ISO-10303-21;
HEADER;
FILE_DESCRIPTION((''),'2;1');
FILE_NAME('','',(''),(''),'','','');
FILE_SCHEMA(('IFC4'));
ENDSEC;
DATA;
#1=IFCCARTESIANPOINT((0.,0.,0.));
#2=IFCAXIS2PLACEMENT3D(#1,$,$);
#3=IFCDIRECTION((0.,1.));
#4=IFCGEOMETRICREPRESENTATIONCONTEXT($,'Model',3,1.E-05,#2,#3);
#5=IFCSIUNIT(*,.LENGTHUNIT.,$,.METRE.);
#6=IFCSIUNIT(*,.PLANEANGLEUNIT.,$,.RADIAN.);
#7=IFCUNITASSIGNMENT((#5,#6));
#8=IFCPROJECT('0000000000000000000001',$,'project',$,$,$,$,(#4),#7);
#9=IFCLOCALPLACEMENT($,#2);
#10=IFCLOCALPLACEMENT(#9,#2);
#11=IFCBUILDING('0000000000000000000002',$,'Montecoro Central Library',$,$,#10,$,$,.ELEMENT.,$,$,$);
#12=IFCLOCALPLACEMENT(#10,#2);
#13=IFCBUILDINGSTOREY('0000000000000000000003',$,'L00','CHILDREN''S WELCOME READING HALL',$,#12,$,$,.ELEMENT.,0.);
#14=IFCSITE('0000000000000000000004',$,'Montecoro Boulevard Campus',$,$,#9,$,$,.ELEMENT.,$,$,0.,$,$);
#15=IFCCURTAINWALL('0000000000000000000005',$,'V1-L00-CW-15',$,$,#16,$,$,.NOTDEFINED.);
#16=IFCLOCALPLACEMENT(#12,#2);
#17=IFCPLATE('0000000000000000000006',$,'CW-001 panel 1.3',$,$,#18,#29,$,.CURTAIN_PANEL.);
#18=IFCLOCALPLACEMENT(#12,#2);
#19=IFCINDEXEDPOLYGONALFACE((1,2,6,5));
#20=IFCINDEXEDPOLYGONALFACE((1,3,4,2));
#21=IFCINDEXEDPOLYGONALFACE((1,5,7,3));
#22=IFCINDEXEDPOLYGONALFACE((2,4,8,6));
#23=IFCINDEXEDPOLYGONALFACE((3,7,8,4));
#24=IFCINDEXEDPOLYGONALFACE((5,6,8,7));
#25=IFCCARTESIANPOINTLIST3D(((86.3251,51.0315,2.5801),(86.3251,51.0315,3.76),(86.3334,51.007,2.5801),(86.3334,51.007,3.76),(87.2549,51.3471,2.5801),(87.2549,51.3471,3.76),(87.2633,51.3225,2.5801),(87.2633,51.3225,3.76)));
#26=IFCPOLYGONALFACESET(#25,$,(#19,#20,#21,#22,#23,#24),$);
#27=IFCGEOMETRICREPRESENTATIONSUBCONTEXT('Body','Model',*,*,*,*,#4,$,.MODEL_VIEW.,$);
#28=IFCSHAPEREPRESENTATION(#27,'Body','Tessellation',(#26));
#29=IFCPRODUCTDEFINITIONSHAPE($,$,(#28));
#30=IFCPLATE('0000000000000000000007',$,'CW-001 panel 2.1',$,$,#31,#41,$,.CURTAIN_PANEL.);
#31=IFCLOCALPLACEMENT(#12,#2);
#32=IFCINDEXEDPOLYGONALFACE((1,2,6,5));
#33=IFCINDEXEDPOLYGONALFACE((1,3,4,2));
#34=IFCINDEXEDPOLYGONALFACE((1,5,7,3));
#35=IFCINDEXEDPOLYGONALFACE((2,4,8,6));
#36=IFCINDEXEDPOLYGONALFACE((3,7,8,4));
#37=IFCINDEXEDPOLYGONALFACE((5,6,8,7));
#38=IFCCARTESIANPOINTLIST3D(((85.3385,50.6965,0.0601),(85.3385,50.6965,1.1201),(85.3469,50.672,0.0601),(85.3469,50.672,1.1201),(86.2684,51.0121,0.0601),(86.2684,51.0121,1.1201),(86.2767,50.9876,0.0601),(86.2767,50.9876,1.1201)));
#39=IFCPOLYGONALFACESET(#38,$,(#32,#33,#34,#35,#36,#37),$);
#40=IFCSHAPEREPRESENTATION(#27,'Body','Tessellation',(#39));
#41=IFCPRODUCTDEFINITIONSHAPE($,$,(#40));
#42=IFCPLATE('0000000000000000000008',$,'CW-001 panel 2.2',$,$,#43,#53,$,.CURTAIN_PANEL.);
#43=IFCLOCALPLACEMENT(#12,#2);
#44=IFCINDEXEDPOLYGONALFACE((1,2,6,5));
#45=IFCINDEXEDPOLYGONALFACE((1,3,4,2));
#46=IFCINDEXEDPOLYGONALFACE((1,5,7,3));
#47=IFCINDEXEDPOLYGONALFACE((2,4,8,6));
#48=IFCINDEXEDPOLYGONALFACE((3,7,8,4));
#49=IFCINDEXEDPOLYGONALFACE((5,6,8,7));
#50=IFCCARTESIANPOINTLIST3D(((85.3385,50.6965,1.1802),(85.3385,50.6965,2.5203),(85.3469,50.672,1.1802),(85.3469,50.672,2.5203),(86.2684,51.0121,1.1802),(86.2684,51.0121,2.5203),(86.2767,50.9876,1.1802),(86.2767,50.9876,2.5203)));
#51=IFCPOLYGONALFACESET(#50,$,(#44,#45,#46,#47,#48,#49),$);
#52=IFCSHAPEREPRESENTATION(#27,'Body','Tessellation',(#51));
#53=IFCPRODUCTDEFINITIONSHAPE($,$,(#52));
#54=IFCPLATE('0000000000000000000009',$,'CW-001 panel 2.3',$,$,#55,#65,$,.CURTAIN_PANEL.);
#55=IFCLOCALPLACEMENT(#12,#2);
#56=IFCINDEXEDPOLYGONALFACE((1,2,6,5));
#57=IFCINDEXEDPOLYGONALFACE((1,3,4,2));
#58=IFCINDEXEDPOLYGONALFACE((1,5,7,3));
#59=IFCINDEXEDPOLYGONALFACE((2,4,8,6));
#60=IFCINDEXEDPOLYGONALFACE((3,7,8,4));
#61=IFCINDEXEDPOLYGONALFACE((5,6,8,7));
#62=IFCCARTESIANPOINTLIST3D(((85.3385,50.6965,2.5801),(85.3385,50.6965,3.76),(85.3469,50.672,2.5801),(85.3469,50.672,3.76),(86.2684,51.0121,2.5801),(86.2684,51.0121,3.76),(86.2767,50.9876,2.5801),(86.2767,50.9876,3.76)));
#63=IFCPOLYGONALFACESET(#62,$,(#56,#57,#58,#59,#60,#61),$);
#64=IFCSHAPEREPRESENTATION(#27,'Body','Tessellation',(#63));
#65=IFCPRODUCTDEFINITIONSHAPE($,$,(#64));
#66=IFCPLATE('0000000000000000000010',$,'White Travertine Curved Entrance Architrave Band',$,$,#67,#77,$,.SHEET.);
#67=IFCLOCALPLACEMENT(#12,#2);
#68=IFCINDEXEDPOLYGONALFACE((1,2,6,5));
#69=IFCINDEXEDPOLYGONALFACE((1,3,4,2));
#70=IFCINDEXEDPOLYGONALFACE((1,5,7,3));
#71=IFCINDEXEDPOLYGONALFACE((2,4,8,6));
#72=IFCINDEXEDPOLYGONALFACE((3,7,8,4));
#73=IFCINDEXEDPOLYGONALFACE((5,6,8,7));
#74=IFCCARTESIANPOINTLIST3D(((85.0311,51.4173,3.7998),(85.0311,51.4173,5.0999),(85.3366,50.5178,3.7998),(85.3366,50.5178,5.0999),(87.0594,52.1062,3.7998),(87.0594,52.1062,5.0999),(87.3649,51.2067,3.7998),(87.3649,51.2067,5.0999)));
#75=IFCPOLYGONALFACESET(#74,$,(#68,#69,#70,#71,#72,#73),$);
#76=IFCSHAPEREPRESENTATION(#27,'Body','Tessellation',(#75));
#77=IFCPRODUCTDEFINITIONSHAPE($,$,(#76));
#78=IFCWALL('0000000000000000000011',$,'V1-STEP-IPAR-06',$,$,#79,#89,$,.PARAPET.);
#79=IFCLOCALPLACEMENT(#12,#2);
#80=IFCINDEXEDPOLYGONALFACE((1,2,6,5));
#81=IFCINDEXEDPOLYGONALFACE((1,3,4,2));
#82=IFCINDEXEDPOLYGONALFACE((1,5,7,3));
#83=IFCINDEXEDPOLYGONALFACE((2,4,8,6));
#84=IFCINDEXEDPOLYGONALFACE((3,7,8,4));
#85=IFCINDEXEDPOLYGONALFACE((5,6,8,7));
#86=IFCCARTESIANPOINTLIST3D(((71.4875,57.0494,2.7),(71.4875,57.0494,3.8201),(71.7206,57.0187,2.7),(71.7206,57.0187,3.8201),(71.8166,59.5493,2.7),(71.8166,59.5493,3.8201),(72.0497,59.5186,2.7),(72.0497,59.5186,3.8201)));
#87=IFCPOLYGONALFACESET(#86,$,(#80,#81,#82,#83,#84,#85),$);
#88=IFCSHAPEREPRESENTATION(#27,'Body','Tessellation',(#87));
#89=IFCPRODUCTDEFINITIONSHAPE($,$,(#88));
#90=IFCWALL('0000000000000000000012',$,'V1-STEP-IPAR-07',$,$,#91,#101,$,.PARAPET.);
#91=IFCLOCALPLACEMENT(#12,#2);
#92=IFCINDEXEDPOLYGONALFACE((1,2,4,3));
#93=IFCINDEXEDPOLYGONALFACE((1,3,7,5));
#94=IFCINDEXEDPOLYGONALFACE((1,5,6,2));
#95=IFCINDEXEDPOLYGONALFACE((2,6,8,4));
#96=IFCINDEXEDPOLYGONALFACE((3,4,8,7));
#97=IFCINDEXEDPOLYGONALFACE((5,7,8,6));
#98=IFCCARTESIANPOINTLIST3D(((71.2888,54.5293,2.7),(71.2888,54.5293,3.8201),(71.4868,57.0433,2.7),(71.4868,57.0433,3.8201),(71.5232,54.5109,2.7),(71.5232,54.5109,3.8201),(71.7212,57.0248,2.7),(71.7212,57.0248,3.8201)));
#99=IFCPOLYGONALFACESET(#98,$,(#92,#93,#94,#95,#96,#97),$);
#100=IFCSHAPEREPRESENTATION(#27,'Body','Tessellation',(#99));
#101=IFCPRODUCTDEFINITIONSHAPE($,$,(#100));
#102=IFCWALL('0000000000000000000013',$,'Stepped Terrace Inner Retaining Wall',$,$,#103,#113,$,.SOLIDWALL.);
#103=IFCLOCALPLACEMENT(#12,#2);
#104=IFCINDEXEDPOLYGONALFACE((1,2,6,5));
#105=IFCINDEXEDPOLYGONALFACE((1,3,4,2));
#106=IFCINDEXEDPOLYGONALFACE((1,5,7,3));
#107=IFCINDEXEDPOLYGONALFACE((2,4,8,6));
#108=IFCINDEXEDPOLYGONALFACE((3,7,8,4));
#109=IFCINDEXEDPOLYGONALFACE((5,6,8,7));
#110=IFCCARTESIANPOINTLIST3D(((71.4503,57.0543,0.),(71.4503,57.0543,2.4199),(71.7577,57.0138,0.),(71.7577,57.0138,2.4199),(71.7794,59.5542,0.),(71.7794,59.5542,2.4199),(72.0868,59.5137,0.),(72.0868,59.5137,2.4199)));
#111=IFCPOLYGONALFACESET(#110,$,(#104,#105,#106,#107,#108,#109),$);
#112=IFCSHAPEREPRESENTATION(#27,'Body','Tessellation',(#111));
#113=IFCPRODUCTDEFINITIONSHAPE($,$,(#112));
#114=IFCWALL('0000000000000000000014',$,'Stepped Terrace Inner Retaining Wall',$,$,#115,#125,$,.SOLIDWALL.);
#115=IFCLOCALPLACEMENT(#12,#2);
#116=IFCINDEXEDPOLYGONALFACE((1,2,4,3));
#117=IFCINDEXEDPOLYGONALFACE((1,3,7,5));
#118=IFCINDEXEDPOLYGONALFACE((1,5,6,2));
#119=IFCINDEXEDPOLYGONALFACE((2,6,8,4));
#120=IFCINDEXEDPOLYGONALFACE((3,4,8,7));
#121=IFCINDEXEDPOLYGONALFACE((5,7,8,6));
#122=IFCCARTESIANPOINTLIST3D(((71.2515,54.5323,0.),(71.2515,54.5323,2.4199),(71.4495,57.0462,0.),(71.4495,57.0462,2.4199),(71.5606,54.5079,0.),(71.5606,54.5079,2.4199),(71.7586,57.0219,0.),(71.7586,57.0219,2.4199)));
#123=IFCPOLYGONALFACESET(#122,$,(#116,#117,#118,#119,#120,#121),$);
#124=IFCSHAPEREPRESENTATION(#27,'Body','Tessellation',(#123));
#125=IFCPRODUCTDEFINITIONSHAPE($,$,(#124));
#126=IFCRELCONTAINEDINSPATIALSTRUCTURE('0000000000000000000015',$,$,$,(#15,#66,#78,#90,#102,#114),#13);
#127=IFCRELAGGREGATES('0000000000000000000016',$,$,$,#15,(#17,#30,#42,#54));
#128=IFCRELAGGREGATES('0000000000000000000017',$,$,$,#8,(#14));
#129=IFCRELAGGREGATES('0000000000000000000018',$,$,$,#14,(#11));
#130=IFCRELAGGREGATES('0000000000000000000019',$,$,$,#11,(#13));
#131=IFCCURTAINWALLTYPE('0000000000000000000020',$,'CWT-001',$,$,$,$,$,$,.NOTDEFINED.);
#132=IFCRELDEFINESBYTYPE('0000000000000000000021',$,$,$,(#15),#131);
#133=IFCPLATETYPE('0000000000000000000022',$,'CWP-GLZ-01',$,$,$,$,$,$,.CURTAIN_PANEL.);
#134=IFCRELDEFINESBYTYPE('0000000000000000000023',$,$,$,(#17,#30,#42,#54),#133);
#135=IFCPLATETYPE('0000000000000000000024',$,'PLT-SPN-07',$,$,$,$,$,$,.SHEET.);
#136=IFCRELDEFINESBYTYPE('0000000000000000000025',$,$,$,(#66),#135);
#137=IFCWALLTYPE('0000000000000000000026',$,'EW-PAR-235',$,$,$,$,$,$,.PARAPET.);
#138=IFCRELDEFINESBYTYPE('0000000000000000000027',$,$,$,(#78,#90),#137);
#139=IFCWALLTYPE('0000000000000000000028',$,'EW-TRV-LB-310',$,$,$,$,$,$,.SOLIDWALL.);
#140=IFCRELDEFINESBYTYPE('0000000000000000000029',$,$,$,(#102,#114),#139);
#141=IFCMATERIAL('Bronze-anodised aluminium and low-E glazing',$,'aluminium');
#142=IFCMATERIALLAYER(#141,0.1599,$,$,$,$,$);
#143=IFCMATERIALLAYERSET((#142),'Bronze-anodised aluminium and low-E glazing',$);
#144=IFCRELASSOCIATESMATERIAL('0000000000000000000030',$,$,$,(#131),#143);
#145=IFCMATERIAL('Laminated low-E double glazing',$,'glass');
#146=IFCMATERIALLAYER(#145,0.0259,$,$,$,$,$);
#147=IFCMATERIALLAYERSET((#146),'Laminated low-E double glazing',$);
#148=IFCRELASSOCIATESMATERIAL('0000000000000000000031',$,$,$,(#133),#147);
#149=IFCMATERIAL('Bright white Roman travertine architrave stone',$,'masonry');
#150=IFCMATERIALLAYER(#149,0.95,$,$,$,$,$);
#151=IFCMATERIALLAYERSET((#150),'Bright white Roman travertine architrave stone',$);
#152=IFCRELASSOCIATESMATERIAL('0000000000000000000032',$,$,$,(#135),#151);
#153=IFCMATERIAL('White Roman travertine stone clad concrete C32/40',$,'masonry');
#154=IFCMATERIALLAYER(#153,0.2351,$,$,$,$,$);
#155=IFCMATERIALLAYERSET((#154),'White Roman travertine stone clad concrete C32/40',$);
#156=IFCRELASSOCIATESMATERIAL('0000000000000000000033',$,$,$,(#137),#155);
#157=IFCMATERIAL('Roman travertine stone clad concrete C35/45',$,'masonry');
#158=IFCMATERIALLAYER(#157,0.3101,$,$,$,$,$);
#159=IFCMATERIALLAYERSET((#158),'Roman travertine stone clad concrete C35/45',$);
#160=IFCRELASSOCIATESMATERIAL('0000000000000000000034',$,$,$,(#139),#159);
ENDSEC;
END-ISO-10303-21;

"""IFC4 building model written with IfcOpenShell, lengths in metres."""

from ifc_helpers import new_model, si_unit, direction, frame, frame_2d, origin, origin_2d, place, context, subcontext, project, spatial, rectangle, extrude, material, layer, layer_set, type_object, element, aggregate, save


model = new_model("IFC4")

# Units and contexts
model_context = context("Model", 3, precision=1e-05, world=origin(), true_north=direction((0.0, 1.0)))
body_context = subcontext(model_context, "Body", "Model", "MODEL_VIEW")
ifc_project = project(units=[si_unit("LENGTHUNIT", "METRE"), si_unit("PLANEANGLEUNIT", "RADIAN")], contexts=[model_context])

# Site, building, storey
site_placement = place(None, origin())
site = spatial("IfcSite", under=ifc_project, at=site_placement, Name="Montecoro Boulevard Campus", CompositionType="ELEMENT", RefElevation=0.0)
building_placement = place(site_placement, origin())
building = spatial("IfcBuilding", under=site, at=building_placement, Name="Montecoro Central Library", CompositionType="ELEMENT")
storey_placement = place(building_placement, origin())
storey = spatial("IfcBuildingStorey", under=building, at=storey_placement, Name="L00", Description="CHILDREN'S WELCOME READING HALL", CompositionType="ELEMENT", Elevation=0.0)

# Curtain wall, plates
ifc_material_1 = material(Name="Bronze-anodised aluminium and low-E glazing", Category="aluminium")
ifc_layer_1 = layer(ifc_material_1, 0.1599)
ifc_layer_set_1 = layer_set([ifc_layer_1], Name="Bronze-anodised aluminium and low-E glazing")
curtain_wall_type = type_object("IfcCurtainWallType", Name="CWT-001", PredefinedType="NOTDEFINED", material=ifc_layer_set_1)
curtain_wall_placement = place(storey_placement, origin())
curtain_wall = element("IfcCurtainWall", 1, at=curtain_wall_placement, inside=storey, type_object=curtain_wall_type, Name="V1-L00-CW-15", PredefinedType="NOTDEFINED")
ifc_material_2 = material(Name="Laminated low-E double glazing", Category="glass")
ifc_layer_2 = layer(ifc_material_2, 0.0259)
ifc_layer_set_2 = layer_set([ifc_layer_2], Name="Laminated low-E double glazing")
plate_type_1 = type_object("IfcPlateType", Name="CWP-GLZ-01", PredefinedType="CURTAIN_PANEL", material=ifc_layer_set_2)
plate_1_placement = place(storey_placement, frame((86.7942, 51.177, 2.5801), z_axis=(0.0, 0.0, 1.0), x_axis=(-0.946943, -0.321401, 0.0)))
plate_1 = element("IfcPlate", 2, at=plate_1_placement, type_object=plate_type_1, Name="CW-001 panel 1.3", PredefinedType="CURTAIN_PANEL", context=body_context, shape_type="SweptSolid", body=[
    extrude(rectangle(XDim=0.9819, YDim=0.0259, at=origin_2d()), origin(), (0.0, 0.0, 1.0), 1.1799),
])
plate_2_placement = place(storey_placement, frame((85.8076, 50.842, 0.0601), z_axis=(0.0, 0.0, 1.0), x_axis=(-0.946943, -0.321401, 0.0)))
plate_2 = element("IfcPlate", 3, at=plate_2_placement, type_object=plate_type_1, Name="CW-001 panel 2.1", PredefinedType="CURTAIN_PANEL", context=body_context, shape_type="SweptSolid", body=[
    extrude(rectangle(XDim=0.9819, YDim=0.0259, at=origin_2d()), origin(), (0.0, 0.0, 1.0), 1.0601),
])
plate_3_placement = place(storey_placement, frame((85.8076, 50.842, 1.1802), z_axis=(0.0, 0.0, 1.0), x_axis=(-0.946943, -0.321401, 0.0)))
plate_3 = element("IfcPlate", 4, at=plate_3_placement, type_object=plate_type_1, Name="CW-001 panel 2.2", PredefinedType="CURTAIN_PANEL", context=body_context, shape_type="SweptSolid", body=[
    extrude(rectangle(XDim=0.9819, YDim=0.0259, at=origin_2d()), origin(), (0.0, 0.0, 1.0), 1.3401),
])
plate_4_placement = place(storey_placement, frame((85.8076, 50.842, 2.5801), z_axis=(0.0, 0.0, 1.0), x_axis=(-0.946943, -0.321401, 0.0)))
plate_4 = element("IfcPlate", 5, at=plate_4_placement, type_object=plate_type_1, Name="CW-001 panel 2.3", PredefinedType="CURTAIN_PANEL", context=body_context, shape_type="SweptSolid", body=[
    extrude(rectangle(XDim=0.9819, YDim=0.0259, at=origin_2d()), origin(), (0.0, 0.0, 1.0), 1.1799),
])
aggregate(curtain_wall, [plate_1, plate_2, plate_3, plate_4])

# Plate
ifc_material_3 = material(Name="Bright white Roman travertine architrave stone", Category="masonry")
ifc_layer_3 = layer(ifc_material_3, 0.95)
ifc_layer_set_3 = layer_set([ifc_layer_3], Name="Bright white Roman travertine architrave stone")
plate_type_2 = type_object("IfcPlateType", Name="PLT-SPN-07", PredefinedType="SHEET", material=ifc_layer_set_3)
plate_5_placement = place(storey_placement, frame((86.198, 51.312, 3.7998), z_axis=(0.0, 0.0, 1.0), x_axis=(-0.946874, -0.321605, 0.0)))
element("IfcPlate", 6, at=plate_5_placement, inside=storey, type_object=plate_type_2, Name="White Travertine Curved Entrance Architrave Band", PredefinedType="SHEET", context=body_context, shape_type="SweptSolid", body=[
    extrude(rectangle(XDim=2.1421, YDim=0.95, at=origin_2d()), origin(), (0.0, 0.0, 1.0), 1.3),
])

# Walls
ifc_material_4 = material(Name="White Roman travertine stone clad concrete C32/40", Category="masonry")
ifc_layer_4 = layer(ifc_material_4, 0.2351)
ifc_layer_set_4 = layer_set([ifc_layer_4], Name="White Roman travertine stone clad concrete C32/40")
wall_type_1 = type_object("IfcWallType", Name="EW-PAR-235", PredefinedType="PARAPET", material=ifc_layer_set_4)
wall_1_placement = place(storey_placement, frame((71.9331, 59.5339, 2.7), z_axis=(0.0, 0.0, 1.0), x_axis=(-0.130515, -0.991446, 0.0)))
element("IfcWall", 7, at=wall_1_placement, inside=storey, type_object=wall_type_1, Name="V1-STEP-IPAR-06", PredefinedType="PARAPET", context=body_context, shape_type="SweptSolid", body=[
    extrude(rectangle(XDim=2.5215, YDim=0.2351, at=frame_2d((1.2607, 0.0))), origin(), (0.0, 0.0, 1.0), 1.1201),
])
wall_2_placement = place(storey_placement, frame((71.604, 57.0339, 2.7), z_axis=(0.0, 0.0, 1.0), x_axis=(-0.078518, -0.996913, 0.0)))
element("IfcWall", 8, at=wall_2_placement, inside=storey, type_object=wall_type_1, Name="V1-STEP-IPAR-07", PredefinedType="PARAPET", context=body_context, shape_type="SweptSolid", body=[
    extrude(rectangle(XDim=2.5217, YDim=0.2351, at=frame_2d((1.2607, 0.0))), origin(), (0.0, 0.0, 1.0), 1.1201),
])
ifc_material_5 = material(Name="Roman travertine stone clad concrete C35/45", Category="masonry")
ifc_layer_5 = layer(ifc_material_5, 0.3101)
ifc_layer_set_5 = layer_set([ifc_layer_5], Name="Roman travertine stone clad concrete C35/45")
wall_type_2 = type_object("IfcWallType", Name="EW-TRV-LB-310", PredefinedType="SOLIDWALL", material=ifc_layer_set_5)
wall_3_placement = place(storey_placement, frame((71.9331, 59.5339, 0.0), z_axis=(0.0, 0.0, 1.0), x_axis=(-0.130515, -0.991446, 0.0)))
element("IfcWall", 9, at=wall_3_placement, inside=storey, type_object=wall_type_2, Name="Stepped Terrace Inner Retaining Wall", PredefinedType="SOLIDWALL", context=body_context, shape_type="SweptSolid", body=[
    extrude(rectangle(XDim=2.5215, YDim=0.3101, at=frame_2d((1.2607, 0.0))), origin(), (0.0, 0.0, 1.0), 2.4199),
])
wall_4_placement = place(storey_placement, frame((71.604, 57.0339, 0.0), z_axis=(0.0, 0.0, 1.0), x_axis=(-0.078518, -0.996913, 0.0)))
element("IfcWall", 10, at=wall_4_placement, inside=storey, type_object=wall_type_2, Name="Stepped Terrace Inner Retaining Wall", PredefinedType="SOLIDWALL", context=body_context, shape_type="SweptSolid", body=[
    extrude(rectangle(XDim=2.5217, YDim=0.3101, at=frame_2d((1.2607, 0.0))), origin(), (0.0, 0.0, 1.0), 2.4199),
])

save(model, "model.ifc")
